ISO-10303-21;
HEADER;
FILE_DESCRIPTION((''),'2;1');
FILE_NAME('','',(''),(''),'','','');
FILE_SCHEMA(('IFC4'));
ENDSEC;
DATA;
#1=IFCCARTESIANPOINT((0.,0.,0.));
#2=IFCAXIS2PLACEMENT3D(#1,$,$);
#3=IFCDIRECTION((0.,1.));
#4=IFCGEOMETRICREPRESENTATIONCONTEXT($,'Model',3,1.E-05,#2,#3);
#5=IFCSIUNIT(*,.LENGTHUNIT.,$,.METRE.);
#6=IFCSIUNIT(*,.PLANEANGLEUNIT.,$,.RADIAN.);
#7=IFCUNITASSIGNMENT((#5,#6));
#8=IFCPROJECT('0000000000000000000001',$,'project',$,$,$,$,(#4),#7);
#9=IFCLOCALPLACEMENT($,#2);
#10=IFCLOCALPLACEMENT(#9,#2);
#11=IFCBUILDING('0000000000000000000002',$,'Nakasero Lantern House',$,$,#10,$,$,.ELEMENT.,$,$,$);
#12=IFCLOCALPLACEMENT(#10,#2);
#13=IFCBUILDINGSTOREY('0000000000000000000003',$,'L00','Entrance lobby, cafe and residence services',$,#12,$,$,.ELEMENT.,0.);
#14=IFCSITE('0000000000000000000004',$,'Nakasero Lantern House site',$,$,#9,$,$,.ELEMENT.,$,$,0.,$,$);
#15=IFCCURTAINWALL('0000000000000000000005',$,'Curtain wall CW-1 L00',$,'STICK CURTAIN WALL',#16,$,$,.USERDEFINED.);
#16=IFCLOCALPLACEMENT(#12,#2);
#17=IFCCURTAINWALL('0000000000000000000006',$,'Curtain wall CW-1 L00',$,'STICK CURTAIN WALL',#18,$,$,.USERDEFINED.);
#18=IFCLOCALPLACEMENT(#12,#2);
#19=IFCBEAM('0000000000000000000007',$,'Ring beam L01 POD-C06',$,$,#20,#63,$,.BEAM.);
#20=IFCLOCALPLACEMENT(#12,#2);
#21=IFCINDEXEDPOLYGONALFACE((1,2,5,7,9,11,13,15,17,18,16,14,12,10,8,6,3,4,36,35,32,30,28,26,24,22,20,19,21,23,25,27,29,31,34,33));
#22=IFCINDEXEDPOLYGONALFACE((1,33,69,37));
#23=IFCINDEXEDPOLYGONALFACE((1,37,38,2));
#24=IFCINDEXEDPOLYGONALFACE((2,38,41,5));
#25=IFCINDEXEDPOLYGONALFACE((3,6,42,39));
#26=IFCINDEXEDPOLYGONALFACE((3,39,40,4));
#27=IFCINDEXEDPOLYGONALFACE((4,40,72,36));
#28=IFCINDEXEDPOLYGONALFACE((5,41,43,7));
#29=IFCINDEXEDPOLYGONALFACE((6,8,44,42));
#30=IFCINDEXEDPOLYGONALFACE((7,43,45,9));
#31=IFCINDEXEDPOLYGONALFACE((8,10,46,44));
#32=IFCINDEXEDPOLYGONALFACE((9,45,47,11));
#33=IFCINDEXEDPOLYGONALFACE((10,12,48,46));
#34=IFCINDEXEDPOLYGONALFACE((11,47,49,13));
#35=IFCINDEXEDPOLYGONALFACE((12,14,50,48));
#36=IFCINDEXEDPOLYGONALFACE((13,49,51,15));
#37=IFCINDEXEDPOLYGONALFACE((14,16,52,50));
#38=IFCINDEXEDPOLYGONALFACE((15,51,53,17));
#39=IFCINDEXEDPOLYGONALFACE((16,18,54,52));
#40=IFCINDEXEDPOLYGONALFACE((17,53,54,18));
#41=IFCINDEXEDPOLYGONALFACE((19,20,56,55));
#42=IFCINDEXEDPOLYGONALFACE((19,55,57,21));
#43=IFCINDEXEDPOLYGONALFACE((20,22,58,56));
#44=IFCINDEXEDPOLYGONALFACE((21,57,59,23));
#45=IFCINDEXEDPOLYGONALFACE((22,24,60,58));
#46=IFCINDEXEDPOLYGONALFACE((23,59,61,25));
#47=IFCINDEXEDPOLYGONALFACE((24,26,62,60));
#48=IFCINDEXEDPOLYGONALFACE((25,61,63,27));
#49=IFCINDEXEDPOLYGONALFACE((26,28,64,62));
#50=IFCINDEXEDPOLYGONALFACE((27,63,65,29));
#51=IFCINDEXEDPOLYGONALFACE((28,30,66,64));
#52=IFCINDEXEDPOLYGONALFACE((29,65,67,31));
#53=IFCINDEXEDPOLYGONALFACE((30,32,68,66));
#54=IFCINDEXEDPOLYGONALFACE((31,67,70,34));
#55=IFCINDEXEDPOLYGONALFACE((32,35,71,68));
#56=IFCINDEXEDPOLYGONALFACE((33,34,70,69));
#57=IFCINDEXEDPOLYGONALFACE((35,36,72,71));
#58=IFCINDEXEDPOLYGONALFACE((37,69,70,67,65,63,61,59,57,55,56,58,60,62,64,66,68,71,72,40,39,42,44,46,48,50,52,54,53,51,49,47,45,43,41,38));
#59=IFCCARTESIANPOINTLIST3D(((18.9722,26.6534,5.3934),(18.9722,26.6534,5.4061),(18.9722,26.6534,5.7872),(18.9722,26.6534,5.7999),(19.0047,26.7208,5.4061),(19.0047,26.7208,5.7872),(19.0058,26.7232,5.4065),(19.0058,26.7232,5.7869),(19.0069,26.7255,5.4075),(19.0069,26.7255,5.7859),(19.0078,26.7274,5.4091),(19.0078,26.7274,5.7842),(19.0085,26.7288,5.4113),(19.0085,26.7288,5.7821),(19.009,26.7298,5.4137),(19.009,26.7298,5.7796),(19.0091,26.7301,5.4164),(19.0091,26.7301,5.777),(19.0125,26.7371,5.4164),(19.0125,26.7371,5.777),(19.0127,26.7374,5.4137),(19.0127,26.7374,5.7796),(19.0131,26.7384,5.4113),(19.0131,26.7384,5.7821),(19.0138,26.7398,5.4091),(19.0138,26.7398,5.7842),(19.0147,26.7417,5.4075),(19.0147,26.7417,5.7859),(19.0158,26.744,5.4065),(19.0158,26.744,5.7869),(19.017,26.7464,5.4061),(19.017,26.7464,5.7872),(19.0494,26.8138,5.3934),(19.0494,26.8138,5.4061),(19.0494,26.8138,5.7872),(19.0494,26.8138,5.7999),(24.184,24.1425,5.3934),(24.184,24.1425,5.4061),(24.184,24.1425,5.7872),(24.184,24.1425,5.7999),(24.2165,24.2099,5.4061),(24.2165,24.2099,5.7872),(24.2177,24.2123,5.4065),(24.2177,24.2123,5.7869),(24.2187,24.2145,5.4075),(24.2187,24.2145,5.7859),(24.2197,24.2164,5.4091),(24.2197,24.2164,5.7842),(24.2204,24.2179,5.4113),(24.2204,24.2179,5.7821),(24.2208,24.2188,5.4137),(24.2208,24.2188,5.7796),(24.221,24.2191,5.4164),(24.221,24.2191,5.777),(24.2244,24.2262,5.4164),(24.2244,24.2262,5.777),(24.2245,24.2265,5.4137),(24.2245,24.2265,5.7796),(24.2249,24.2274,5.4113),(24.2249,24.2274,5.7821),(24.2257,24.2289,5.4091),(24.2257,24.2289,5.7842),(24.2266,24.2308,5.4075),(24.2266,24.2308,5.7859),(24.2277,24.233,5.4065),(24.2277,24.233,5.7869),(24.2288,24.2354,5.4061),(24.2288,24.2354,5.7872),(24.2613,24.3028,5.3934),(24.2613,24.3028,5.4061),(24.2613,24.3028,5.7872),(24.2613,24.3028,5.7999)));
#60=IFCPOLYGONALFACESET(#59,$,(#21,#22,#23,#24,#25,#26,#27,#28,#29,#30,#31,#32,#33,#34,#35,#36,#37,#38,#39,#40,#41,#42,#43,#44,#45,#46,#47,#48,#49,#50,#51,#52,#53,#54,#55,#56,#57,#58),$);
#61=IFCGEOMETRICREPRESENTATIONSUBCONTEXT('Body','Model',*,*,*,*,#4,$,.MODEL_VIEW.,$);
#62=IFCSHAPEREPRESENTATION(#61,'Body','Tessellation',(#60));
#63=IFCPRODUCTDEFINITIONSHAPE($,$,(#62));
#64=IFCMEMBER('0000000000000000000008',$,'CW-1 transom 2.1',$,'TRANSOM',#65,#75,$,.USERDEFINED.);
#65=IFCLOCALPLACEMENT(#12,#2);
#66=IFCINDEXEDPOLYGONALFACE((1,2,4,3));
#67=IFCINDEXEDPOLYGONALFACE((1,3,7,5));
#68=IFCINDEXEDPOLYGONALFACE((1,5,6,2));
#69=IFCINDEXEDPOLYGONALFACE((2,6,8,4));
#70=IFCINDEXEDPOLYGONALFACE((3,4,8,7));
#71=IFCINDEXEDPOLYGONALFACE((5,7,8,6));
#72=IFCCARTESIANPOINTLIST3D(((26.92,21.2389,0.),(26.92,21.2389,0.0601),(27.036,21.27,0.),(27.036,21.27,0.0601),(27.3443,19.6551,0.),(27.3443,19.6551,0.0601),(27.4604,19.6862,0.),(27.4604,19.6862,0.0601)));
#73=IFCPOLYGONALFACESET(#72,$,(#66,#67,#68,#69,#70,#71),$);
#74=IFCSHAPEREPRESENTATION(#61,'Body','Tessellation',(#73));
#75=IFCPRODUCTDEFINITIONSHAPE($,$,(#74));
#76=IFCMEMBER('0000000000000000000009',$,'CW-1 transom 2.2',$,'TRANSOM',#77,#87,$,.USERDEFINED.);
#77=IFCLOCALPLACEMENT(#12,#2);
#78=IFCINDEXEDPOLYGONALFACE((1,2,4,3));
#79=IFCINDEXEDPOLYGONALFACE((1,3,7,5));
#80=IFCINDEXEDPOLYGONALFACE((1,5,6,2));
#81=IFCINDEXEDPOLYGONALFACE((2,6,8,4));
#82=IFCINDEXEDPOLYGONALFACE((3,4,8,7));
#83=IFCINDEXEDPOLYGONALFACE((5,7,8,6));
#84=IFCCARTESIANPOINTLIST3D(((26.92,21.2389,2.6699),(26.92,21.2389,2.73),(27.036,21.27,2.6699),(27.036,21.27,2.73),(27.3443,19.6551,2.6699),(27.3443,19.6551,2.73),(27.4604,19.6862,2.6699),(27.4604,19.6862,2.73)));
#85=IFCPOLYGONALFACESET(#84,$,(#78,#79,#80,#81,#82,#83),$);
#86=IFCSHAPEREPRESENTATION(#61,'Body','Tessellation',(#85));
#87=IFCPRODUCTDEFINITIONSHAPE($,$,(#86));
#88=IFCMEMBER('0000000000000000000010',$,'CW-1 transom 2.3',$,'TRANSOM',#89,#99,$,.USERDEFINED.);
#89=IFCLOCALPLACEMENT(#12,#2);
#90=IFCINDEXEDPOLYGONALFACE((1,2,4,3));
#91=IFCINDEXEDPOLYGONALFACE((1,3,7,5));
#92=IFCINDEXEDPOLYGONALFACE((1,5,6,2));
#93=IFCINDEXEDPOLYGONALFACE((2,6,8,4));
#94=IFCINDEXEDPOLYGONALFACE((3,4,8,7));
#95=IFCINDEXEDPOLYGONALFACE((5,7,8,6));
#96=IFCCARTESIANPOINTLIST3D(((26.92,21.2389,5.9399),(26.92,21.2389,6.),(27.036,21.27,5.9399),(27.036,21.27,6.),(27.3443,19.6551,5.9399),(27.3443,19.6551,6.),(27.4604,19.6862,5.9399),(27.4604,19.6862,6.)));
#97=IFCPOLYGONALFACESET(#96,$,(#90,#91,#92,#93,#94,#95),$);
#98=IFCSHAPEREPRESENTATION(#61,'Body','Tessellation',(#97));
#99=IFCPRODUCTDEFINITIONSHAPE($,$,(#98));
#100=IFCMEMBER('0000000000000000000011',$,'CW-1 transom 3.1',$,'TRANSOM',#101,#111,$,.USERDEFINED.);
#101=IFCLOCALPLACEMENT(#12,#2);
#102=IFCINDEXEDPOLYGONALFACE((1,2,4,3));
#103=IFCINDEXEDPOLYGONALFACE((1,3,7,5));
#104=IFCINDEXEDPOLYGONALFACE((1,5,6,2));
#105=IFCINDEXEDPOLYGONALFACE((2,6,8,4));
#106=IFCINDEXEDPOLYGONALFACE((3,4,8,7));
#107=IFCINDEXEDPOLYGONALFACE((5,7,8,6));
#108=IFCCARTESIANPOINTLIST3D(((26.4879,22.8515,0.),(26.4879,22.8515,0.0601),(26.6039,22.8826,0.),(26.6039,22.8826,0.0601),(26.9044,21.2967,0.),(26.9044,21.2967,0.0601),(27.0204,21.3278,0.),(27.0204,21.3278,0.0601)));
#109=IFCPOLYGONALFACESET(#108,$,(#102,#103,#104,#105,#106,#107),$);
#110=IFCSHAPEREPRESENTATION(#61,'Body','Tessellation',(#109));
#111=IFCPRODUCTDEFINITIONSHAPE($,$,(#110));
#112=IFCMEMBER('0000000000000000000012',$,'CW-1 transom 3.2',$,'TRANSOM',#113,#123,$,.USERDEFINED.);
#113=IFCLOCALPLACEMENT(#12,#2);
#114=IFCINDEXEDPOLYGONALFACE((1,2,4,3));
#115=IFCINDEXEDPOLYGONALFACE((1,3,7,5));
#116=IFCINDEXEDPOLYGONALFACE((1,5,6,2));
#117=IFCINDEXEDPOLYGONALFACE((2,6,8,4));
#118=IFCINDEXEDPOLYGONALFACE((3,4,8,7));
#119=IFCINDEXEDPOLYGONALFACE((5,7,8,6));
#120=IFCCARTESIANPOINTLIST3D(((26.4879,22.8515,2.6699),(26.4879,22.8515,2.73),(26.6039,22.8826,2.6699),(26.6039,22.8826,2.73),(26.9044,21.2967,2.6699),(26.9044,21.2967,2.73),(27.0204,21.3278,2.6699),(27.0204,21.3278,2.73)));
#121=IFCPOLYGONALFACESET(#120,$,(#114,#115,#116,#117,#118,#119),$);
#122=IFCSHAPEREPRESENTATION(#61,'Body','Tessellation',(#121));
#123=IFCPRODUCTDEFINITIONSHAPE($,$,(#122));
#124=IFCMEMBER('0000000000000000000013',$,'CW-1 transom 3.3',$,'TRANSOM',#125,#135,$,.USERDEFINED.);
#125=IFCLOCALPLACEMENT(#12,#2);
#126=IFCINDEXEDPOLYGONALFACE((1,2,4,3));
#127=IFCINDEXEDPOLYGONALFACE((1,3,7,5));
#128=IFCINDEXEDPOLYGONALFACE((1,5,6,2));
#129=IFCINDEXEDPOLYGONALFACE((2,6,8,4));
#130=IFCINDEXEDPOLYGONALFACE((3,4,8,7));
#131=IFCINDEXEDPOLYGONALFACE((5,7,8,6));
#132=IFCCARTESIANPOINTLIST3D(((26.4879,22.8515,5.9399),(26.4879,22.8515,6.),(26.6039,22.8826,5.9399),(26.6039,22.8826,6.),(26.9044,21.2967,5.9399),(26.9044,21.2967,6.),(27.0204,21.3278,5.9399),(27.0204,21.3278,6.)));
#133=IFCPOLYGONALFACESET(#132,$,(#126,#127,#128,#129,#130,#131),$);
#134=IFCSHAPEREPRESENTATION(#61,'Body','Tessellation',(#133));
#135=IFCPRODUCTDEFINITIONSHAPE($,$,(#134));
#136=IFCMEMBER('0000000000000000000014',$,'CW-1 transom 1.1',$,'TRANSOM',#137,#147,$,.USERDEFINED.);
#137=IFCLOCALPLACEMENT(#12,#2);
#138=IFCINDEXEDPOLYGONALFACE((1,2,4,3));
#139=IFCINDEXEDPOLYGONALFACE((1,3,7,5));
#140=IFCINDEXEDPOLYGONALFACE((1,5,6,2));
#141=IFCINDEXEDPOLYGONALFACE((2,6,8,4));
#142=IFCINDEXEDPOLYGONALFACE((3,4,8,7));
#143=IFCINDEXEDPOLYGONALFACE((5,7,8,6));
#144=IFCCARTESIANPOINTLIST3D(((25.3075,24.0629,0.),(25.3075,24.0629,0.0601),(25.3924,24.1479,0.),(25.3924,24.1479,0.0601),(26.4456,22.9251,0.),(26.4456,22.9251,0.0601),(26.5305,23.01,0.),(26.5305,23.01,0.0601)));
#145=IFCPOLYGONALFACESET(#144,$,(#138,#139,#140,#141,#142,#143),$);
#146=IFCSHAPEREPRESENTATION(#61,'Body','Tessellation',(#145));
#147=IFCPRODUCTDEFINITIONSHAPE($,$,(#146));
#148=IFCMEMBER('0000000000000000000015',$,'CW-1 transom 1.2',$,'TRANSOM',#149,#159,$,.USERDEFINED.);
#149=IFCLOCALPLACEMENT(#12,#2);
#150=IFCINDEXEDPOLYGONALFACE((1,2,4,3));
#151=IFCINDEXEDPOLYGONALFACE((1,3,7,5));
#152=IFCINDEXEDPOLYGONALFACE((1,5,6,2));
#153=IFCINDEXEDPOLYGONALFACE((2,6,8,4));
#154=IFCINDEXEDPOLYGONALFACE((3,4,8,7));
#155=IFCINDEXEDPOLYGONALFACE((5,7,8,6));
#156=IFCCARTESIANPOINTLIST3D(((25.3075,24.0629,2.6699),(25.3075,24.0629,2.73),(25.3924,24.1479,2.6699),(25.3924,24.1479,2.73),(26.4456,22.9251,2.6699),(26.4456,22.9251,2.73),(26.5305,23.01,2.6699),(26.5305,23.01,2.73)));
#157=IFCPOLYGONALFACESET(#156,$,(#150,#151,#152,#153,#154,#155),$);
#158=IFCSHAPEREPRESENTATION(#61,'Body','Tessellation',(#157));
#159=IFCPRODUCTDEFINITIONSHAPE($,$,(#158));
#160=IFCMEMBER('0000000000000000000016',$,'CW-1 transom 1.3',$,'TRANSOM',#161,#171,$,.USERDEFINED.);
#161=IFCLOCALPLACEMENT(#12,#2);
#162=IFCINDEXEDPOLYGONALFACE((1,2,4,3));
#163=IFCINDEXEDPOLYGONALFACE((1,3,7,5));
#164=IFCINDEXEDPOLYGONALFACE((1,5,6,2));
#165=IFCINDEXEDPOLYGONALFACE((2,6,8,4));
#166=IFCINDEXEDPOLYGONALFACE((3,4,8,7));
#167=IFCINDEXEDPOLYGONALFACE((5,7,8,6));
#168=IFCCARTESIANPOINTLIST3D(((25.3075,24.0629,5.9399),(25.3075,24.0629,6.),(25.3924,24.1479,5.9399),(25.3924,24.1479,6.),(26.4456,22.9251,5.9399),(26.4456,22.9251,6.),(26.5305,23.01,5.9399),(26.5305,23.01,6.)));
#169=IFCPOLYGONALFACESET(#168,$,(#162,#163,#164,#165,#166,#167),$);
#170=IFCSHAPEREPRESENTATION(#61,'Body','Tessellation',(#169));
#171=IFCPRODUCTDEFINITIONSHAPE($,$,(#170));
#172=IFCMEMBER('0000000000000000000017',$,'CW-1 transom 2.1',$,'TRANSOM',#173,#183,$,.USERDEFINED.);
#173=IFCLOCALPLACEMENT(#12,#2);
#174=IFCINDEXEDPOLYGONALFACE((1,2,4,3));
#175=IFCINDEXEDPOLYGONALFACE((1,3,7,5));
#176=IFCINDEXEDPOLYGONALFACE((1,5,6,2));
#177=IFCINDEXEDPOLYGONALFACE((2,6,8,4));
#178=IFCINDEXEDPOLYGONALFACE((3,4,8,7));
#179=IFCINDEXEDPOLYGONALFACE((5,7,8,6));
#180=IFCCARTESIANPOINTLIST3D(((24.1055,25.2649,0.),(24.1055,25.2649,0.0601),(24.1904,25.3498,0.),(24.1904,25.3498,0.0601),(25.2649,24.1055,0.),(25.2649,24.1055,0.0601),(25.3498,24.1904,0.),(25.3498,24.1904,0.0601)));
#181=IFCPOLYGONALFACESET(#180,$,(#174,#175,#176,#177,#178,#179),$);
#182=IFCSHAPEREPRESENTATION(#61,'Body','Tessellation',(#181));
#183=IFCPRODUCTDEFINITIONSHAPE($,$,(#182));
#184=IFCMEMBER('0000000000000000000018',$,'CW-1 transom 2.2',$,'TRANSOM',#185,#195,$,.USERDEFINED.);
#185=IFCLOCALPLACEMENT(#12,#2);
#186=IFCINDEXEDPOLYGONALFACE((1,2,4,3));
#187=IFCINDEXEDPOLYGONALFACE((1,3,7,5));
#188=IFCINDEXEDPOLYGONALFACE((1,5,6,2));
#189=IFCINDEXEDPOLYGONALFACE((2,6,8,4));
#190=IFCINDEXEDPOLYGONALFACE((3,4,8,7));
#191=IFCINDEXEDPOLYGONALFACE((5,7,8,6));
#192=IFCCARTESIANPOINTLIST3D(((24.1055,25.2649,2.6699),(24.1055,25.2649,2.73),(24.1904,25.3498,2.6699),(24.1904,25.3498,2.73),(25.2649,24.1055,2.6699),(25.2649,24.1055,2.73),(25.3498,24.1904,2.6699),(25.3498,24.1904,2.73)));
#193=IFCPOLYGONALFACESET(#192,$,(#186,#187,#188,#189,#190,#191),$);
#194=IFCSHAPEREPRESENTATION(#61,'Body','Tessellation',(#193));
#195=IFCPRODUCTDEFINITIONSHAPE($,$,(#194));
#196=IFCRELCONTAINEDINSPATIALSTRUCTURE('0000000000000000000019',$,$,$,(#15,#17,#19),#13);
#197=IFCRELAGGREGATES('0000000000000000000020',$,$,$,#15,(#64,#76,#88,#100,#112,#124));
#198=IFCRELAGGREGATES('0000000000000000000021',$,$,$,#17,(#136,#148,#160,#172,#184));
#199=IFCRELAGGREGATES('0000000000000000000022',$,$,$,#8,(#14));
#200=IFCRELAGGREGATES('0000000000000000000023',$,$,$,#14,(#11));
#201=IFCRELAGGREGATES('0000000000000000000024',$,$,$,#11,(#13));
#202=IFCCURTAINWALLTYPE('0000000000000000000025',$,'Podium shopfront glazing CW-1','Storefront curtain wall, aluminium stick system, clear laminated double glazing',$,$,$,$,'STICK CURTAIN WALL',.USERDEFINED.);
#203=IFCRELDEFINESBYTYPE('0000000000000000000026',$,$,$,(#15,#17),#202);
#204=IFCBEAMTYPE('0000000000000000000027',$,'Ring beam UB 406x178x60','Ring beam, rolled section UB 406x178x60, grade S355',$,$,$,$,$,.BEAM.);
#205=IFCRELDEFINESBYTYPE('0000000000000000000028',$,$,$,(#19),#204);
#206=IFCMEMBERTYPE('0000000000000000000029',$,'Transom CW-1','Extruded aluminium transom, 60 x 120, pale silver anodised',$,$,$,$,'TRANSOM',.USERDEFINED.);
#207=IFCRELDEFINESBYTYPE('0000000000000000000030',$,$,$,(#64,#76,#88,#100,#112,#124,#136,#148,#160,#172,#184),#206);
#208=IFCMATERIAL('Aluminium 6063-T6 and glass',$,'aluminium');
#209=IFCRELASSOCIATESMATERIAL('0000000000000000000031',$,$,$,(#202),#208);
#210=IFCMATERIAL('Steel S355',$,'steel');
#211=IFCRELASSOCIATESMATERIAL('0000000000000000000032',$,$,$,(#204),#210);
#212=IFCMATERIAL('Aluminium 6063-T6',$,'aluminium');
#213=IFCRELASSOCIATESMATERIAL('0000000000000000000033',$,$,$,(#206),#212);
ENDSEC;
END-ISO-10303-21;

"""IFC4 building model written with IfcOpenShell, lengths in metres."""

from ifc_helpers import new_model, si_unit, direction, frame, origin, origin_2d, place, context, subcontext, project, spatial, rectangle, i_section, extrude, material, material_profile, profile_set, type_object, element, aggregate, save


model = new_model("IFC4")

# Units and contexts
model_context = context("Model", 3, precision=1e-05, world=origin(), true_north=direction((0.0, 1.0)))
body_context = subcontext(model_context, "Body", "Model", "MODEL_VIEW")
ifc_project = project(units=[si_unit("LENGTHUNIT", "METRE"), si_unit("PLANEANGLEUNIT", "RADIAN")], contexts=[model_context])

# Site, building, storey
site_placement = place(None, origin())
site = spatial("IfcSite", under=ifc_project, at=site_placement, Name="Nakasero Lantern House site", CompositionType="ELEMENT", RefElevation=0.0)
building_placement = place(site_placement, origin())
building = spatial("IfcBuilding", under=site, at=building_placement, Name="Nakasero Lantern House", CompositionType="ELEMENT")
storey_placement = place(building_placement, origin())
storey = spatial("IfcBuildingStorey", under=building, at=storey_placement, Name="L00", Description="Entrance lobby, cafe and residence services", CompositionType="ELEMENT", Elevation=0.0)

# Curtain walls
ifc_material_1 = material(Name="Aluminium 6063-T6 and glass", Category="aluminium")
curtain_wall_type = type_object("IfcCurtainWallType", Name="Podium shopfront glazing CW-1", Description="Storefront curtain wall, aluminium stick system, clear laminated double glazing", ElementType="STICK CURTAIN WALL", PredefinedType="USERDEFINED", material=ifc_material_1)
curtain_wall_1_placement = place(storey_placement, origin())
curtain_wall_1 = element("IfcCurtainWall", 1, at=curtain_wall_1_placement, inside=storey, type_object=curtain_wall_type, Name="Curtain wall CW-1 L00", ObjectType="STICK CURTAIN WALL", PredefinedType="USERDEFINED")
curtain_wall_2_placement = place(storey_placement, origin())
curtain_wall_2 = element("IfcCurtainWall", 2, at=curtain_wall_2_placement, inside=storey, type_object=curtain_wall_type, Name="Curtain wall CW-1 L00", ObjectType="STICK CURTAIN WALL", PredefinedType="USERDEFINED")

# Beam
ifc_material_2 = material(Name="Steel S355", Category="steel")
ifc_material_profile_1 = material_profile(ifc_material_2, i_section(OverallWidth=0.178, OverallDepth=0.4065, WebThickness=0.0078, FlangeThickness=0.0127, FilletRadius=0.0103, at=origin_2d()), Name="UB 406x178x60")
ifc_profile_set_1 = profile_set([ifc_material_profile_1], Name="Steel S355")
beam_type_1 = type_object("IfcBeamType", Name="Ring beam UB 406x178x60", Description="Ring beam, rolled section UB 406x178x60, grade S355", PredefinedType="BEAM", material=ifc_profile_set_1)
beam_1_placement = place(storey_placement, frame((24.2227, 24.2227, 5.5967), z_axis=(-0.900897, 0.434033, 0.0), x_axis=(-0.434033, -0.900897, 0.0)))
element("IfcBeam", 3, at=beam_1_placement, inside=storey, type_object=beam_type_1, Name="Ring beam L01 POD-C06", PredefinedType="BEAM", context=body_context, shape_type="SweptSolid", body=[
    extrude(i_section(OverallWidth=0.178, OverallDepth=0.4065, WebThickness=0.0078, FlangeThickness=0.0127, FilletRadius=0.0103, at=origin_2d()), origin(), (0.0, 0.0, 1.0), 5.7852),
])

# Members
ifc_material_3 = material(Name="Aluminium 6063-T6", Category="aluminium")
ifc_material_profile_2 = material_profile(ifc_material_3, rectangle(XDim=0.0601, YDim=0.1201, at=origin_2d()), Name="CW-1 transom 60x120")
ifc_profile_set_2 = profile_set([ifc_material_profile_2], Name="Aluminium 6063-T6")
member_type_1 = type_object("IfcMemberType", Name="Transom CW-1", Description="Extruded aluminium transom, 60 x 120, pale silver anodised", ElementType="TRANSOM", PredefinedType="USERDEFINED", material=ifc_profile_set_2)
member_1_placement = place(storey_placement, frame((27.4023, 19.6707, 0.03), z_axis=(-0.258793, 0.965933, 0.0), x_axis=(0.0, 0.0, 1.0)))
member_1 = element("IfcMember", 4, at=member_1_placement, type_object=member_type_1, Name="CW-1 transom 2.1", ObjectType="TRANSOM", PredefinedType="USERDEFINED", context=body_context, shape_type="SweptSolid", body=[
    extrude(rectangle(XDim=0.0601, YDim=0.1201, at=origin_2d()), origin(), (0.0, 0.0, 1.0), 1.6396),
])
member_2_placement = place(storey_placement, frame((27.4023, 19.6707, 2.7), z_axis=(-0.258793, 0.965933, 0.0), x_axis=(0.0, 0.0, 1.0)))
member_2 = element("IfcMember", 5, at=member_2_placement, type_object=member_type_1, Name="CW-1 transom 2.2", ObjectType="TRANSOM", PredefinedType="USERDEFINED", context=body_context, shape_type="SweptSolid", body=[
    extrude(rectangle(XDim=0.0601, YDim=0.1201, at=origin_2d()), origin(), (0.0, 0.0, 1.0), 1.6396),
])
member_3_placement = place(storey_placement, frame((27.4023, 19.6707, 5.97), z_axis=(-0.258793, 0.965933, 0.0), x_axis=(0.0, 0.0, 1.0)))
member_3 = element("IfcMember", 6, at=member_3_placement, type_object=member_type_1, Name="CW-1 transom 2.3", ObjectType="TRANSOM", PredefinedType="USERDEFINED", context=body_context, shape_type="SweptSolid", body=[
    extrude(rectangle(XDim=0.0601, YDim=0.1201, at=origin_2d()), origin(), (0.0, 0.0, 1.0), 1.6396),
])
member_4_placement = place(storey_placement, frame((26.9624, 21.3123, 0.03), z_axis=(-0.258777, 0.965937, 0.0), x_axis=(0.0, 0.0, 1.0)))
member_4 = element("IfcMember", 7, at=member_4_placement, type_object=member_type_1, Name="CW-1 transom 3.1", ObjectType="TRANSOM", PredefinedType="USERDEFINED", context=body_context, shape_type="SweptSolid", body=[
    extrude(rectangle(XDim=0.0601, YDim=0.1201, at=origin_2d()), origin(), (0.0, 0.0, 1.0), 1.6096),
])
member_5_placement = place(storey_placement, frame((26.9624, 21.3123, 2.7), z_axis=(-0.258777, 0.965937, 0.0), x_axis=(0.0, 0.0, 1.0)))
member_5 = element("IfcMember", 8, at=member_5_placement, type_object=member_type_1, Name="CW-1 transom 3.2", ObjectType="TRANSOM", PredefinedType="USERDEFINED", context=body_context, shape_type="SweptSolid", body=[
    extrude(rectangle(XDim=0.0601, YDim=0.1201, at=origin_2d()), origin(), (0.0, 0.0, 1.0), 1.6096),
])
member_6_placement = place(storey_placement, frame((26.9624, 21.3123, 5.97), z_axis=(-0.258777, 0.965937, 0.0), x_axis=(0.0, 0.0, 1.0)))
member_6 = element("IfcMember", 9, at=member_6_placement, type_object=member_type_1, Name="CW-1 transom 3.3", ObjectType="TRANSOM", PredefinedType="USERDEFINED", context=body_context, shape_type="SweptSolid", body=[
    extrude(rectangle(XDim=0.0601, YDim=0.1201, at=origin_2d()), origin(), (0.0, 0.0, 1.0), 1.6096),
])
member_7_placement = place(storey_placement, frame((26.488, 22.9675, 0.03), z_axis=(-0.707183, 0.707031, 0.0), x_axis=(0.0, 0.0, 1.0)))
member_7 = element("IfcMember", 10, at=member_7_placement, type_object=member_type_1, Name="CW-1 transom 1.1", ObjectType="TRANSOM", PredefinedType="USERDEFINED", context=body_context, shape_type="SweptSolid", body=[
    extrude(rectangle(XDim=0.0601, YDim=0.1201, at=origin_2d()), origin(), (0.0, 0.0, 1.0), 1.6094),
])
member_8_placement = place(storey_placement, frame((26.488, 22.9675, 2.7), z_axis=(-0.707183, 0.707031, 0.0), x_axis=(0.0, 0.0, 1.0)))
member_8 = element("IfcMember", 11, at=member_8_placement, type_object=member_type_1, Name="CW-1 transom 1.2", ObjectType="TRANSOM", PredefinedType="USERDEFINED", context=body_context, shape_type="SweptSolid", body=[
    extrude(rectangle(XDim=0.0601, YDim=0.1201, at=origin_2d()), origin(), (0.0, 0.0, 1.0), 1.6094),
])
member_9_placement = place(storey_placement, frame((26.488, 22.9675, 5.97), z_axis=(-0.707183, 0.707031, 0.0), x_axis=(0.0, 0.0, 1.0)))
member_9 = element("IfcMember", 12, at=member_9_placement, type_object=member_type_1, Name="CW-1 transom 1.3", ObjectType="TRANSOM", PredefinedType="USERDEFINED", context=body_context, shape_type="SweptSolid", body=[
    extrude(rectangle(XDim=0.0601, YDim=0.1201, at=origin_2d()), origin(), (0.0, 0.0, 1.0), 1.6094),
])
member_10_placement = place(storey_placement, frame((25.3074, 24.1479, 0.03), z_axis=(-0.707107, 0.707107, 0.0), x_axis=(0.0, 0.0, 1.0)))
member_10 = element("IfcMember", 13, at=member_10_placement, type_object=member_type_1, Name="CW-1 transom 2.1", ObjectType="TRANSOM", PredefinedType="USERDEFINED", context=body_context, shape_type="SweptSolid", body=[
    extrude(rectangle(XDim=0.0601, YDim=0.1201, at=origin_2d()), origin(), (0.0, 0.0, 1.0), 1.6396),
])
member_11_placement = place(storey_placement, frame((25.3074, 24.1479, 2.7), z_axis=(-0.707107, 0.707107, 0.0), x_axis=(0.0, 0.0, 1.0)))
member_11 = element("IfcMember", 14, at=member_11_placement, type_object=member_type_1, Name="CW-1 transom 2.2", ObjectType="TRANSOM", PredefinedType="USERDEFINED", context=body_context, shape_type="SweptSolid", body=[
    extrude(rectangle(XDim=0.0601, YDim=0.1201, at=origin_2d()), origin(), (0.0, 0.0, 1.0), 1.6396),
])

aggregate(curtain_wall_1, [member_1, member_2, member_3, member_4, member_5, member_6])
aggregate(curtain_wall_2, [member_7, member_8, member_9, member_10, member_11])

save(model, "model.ifc")
